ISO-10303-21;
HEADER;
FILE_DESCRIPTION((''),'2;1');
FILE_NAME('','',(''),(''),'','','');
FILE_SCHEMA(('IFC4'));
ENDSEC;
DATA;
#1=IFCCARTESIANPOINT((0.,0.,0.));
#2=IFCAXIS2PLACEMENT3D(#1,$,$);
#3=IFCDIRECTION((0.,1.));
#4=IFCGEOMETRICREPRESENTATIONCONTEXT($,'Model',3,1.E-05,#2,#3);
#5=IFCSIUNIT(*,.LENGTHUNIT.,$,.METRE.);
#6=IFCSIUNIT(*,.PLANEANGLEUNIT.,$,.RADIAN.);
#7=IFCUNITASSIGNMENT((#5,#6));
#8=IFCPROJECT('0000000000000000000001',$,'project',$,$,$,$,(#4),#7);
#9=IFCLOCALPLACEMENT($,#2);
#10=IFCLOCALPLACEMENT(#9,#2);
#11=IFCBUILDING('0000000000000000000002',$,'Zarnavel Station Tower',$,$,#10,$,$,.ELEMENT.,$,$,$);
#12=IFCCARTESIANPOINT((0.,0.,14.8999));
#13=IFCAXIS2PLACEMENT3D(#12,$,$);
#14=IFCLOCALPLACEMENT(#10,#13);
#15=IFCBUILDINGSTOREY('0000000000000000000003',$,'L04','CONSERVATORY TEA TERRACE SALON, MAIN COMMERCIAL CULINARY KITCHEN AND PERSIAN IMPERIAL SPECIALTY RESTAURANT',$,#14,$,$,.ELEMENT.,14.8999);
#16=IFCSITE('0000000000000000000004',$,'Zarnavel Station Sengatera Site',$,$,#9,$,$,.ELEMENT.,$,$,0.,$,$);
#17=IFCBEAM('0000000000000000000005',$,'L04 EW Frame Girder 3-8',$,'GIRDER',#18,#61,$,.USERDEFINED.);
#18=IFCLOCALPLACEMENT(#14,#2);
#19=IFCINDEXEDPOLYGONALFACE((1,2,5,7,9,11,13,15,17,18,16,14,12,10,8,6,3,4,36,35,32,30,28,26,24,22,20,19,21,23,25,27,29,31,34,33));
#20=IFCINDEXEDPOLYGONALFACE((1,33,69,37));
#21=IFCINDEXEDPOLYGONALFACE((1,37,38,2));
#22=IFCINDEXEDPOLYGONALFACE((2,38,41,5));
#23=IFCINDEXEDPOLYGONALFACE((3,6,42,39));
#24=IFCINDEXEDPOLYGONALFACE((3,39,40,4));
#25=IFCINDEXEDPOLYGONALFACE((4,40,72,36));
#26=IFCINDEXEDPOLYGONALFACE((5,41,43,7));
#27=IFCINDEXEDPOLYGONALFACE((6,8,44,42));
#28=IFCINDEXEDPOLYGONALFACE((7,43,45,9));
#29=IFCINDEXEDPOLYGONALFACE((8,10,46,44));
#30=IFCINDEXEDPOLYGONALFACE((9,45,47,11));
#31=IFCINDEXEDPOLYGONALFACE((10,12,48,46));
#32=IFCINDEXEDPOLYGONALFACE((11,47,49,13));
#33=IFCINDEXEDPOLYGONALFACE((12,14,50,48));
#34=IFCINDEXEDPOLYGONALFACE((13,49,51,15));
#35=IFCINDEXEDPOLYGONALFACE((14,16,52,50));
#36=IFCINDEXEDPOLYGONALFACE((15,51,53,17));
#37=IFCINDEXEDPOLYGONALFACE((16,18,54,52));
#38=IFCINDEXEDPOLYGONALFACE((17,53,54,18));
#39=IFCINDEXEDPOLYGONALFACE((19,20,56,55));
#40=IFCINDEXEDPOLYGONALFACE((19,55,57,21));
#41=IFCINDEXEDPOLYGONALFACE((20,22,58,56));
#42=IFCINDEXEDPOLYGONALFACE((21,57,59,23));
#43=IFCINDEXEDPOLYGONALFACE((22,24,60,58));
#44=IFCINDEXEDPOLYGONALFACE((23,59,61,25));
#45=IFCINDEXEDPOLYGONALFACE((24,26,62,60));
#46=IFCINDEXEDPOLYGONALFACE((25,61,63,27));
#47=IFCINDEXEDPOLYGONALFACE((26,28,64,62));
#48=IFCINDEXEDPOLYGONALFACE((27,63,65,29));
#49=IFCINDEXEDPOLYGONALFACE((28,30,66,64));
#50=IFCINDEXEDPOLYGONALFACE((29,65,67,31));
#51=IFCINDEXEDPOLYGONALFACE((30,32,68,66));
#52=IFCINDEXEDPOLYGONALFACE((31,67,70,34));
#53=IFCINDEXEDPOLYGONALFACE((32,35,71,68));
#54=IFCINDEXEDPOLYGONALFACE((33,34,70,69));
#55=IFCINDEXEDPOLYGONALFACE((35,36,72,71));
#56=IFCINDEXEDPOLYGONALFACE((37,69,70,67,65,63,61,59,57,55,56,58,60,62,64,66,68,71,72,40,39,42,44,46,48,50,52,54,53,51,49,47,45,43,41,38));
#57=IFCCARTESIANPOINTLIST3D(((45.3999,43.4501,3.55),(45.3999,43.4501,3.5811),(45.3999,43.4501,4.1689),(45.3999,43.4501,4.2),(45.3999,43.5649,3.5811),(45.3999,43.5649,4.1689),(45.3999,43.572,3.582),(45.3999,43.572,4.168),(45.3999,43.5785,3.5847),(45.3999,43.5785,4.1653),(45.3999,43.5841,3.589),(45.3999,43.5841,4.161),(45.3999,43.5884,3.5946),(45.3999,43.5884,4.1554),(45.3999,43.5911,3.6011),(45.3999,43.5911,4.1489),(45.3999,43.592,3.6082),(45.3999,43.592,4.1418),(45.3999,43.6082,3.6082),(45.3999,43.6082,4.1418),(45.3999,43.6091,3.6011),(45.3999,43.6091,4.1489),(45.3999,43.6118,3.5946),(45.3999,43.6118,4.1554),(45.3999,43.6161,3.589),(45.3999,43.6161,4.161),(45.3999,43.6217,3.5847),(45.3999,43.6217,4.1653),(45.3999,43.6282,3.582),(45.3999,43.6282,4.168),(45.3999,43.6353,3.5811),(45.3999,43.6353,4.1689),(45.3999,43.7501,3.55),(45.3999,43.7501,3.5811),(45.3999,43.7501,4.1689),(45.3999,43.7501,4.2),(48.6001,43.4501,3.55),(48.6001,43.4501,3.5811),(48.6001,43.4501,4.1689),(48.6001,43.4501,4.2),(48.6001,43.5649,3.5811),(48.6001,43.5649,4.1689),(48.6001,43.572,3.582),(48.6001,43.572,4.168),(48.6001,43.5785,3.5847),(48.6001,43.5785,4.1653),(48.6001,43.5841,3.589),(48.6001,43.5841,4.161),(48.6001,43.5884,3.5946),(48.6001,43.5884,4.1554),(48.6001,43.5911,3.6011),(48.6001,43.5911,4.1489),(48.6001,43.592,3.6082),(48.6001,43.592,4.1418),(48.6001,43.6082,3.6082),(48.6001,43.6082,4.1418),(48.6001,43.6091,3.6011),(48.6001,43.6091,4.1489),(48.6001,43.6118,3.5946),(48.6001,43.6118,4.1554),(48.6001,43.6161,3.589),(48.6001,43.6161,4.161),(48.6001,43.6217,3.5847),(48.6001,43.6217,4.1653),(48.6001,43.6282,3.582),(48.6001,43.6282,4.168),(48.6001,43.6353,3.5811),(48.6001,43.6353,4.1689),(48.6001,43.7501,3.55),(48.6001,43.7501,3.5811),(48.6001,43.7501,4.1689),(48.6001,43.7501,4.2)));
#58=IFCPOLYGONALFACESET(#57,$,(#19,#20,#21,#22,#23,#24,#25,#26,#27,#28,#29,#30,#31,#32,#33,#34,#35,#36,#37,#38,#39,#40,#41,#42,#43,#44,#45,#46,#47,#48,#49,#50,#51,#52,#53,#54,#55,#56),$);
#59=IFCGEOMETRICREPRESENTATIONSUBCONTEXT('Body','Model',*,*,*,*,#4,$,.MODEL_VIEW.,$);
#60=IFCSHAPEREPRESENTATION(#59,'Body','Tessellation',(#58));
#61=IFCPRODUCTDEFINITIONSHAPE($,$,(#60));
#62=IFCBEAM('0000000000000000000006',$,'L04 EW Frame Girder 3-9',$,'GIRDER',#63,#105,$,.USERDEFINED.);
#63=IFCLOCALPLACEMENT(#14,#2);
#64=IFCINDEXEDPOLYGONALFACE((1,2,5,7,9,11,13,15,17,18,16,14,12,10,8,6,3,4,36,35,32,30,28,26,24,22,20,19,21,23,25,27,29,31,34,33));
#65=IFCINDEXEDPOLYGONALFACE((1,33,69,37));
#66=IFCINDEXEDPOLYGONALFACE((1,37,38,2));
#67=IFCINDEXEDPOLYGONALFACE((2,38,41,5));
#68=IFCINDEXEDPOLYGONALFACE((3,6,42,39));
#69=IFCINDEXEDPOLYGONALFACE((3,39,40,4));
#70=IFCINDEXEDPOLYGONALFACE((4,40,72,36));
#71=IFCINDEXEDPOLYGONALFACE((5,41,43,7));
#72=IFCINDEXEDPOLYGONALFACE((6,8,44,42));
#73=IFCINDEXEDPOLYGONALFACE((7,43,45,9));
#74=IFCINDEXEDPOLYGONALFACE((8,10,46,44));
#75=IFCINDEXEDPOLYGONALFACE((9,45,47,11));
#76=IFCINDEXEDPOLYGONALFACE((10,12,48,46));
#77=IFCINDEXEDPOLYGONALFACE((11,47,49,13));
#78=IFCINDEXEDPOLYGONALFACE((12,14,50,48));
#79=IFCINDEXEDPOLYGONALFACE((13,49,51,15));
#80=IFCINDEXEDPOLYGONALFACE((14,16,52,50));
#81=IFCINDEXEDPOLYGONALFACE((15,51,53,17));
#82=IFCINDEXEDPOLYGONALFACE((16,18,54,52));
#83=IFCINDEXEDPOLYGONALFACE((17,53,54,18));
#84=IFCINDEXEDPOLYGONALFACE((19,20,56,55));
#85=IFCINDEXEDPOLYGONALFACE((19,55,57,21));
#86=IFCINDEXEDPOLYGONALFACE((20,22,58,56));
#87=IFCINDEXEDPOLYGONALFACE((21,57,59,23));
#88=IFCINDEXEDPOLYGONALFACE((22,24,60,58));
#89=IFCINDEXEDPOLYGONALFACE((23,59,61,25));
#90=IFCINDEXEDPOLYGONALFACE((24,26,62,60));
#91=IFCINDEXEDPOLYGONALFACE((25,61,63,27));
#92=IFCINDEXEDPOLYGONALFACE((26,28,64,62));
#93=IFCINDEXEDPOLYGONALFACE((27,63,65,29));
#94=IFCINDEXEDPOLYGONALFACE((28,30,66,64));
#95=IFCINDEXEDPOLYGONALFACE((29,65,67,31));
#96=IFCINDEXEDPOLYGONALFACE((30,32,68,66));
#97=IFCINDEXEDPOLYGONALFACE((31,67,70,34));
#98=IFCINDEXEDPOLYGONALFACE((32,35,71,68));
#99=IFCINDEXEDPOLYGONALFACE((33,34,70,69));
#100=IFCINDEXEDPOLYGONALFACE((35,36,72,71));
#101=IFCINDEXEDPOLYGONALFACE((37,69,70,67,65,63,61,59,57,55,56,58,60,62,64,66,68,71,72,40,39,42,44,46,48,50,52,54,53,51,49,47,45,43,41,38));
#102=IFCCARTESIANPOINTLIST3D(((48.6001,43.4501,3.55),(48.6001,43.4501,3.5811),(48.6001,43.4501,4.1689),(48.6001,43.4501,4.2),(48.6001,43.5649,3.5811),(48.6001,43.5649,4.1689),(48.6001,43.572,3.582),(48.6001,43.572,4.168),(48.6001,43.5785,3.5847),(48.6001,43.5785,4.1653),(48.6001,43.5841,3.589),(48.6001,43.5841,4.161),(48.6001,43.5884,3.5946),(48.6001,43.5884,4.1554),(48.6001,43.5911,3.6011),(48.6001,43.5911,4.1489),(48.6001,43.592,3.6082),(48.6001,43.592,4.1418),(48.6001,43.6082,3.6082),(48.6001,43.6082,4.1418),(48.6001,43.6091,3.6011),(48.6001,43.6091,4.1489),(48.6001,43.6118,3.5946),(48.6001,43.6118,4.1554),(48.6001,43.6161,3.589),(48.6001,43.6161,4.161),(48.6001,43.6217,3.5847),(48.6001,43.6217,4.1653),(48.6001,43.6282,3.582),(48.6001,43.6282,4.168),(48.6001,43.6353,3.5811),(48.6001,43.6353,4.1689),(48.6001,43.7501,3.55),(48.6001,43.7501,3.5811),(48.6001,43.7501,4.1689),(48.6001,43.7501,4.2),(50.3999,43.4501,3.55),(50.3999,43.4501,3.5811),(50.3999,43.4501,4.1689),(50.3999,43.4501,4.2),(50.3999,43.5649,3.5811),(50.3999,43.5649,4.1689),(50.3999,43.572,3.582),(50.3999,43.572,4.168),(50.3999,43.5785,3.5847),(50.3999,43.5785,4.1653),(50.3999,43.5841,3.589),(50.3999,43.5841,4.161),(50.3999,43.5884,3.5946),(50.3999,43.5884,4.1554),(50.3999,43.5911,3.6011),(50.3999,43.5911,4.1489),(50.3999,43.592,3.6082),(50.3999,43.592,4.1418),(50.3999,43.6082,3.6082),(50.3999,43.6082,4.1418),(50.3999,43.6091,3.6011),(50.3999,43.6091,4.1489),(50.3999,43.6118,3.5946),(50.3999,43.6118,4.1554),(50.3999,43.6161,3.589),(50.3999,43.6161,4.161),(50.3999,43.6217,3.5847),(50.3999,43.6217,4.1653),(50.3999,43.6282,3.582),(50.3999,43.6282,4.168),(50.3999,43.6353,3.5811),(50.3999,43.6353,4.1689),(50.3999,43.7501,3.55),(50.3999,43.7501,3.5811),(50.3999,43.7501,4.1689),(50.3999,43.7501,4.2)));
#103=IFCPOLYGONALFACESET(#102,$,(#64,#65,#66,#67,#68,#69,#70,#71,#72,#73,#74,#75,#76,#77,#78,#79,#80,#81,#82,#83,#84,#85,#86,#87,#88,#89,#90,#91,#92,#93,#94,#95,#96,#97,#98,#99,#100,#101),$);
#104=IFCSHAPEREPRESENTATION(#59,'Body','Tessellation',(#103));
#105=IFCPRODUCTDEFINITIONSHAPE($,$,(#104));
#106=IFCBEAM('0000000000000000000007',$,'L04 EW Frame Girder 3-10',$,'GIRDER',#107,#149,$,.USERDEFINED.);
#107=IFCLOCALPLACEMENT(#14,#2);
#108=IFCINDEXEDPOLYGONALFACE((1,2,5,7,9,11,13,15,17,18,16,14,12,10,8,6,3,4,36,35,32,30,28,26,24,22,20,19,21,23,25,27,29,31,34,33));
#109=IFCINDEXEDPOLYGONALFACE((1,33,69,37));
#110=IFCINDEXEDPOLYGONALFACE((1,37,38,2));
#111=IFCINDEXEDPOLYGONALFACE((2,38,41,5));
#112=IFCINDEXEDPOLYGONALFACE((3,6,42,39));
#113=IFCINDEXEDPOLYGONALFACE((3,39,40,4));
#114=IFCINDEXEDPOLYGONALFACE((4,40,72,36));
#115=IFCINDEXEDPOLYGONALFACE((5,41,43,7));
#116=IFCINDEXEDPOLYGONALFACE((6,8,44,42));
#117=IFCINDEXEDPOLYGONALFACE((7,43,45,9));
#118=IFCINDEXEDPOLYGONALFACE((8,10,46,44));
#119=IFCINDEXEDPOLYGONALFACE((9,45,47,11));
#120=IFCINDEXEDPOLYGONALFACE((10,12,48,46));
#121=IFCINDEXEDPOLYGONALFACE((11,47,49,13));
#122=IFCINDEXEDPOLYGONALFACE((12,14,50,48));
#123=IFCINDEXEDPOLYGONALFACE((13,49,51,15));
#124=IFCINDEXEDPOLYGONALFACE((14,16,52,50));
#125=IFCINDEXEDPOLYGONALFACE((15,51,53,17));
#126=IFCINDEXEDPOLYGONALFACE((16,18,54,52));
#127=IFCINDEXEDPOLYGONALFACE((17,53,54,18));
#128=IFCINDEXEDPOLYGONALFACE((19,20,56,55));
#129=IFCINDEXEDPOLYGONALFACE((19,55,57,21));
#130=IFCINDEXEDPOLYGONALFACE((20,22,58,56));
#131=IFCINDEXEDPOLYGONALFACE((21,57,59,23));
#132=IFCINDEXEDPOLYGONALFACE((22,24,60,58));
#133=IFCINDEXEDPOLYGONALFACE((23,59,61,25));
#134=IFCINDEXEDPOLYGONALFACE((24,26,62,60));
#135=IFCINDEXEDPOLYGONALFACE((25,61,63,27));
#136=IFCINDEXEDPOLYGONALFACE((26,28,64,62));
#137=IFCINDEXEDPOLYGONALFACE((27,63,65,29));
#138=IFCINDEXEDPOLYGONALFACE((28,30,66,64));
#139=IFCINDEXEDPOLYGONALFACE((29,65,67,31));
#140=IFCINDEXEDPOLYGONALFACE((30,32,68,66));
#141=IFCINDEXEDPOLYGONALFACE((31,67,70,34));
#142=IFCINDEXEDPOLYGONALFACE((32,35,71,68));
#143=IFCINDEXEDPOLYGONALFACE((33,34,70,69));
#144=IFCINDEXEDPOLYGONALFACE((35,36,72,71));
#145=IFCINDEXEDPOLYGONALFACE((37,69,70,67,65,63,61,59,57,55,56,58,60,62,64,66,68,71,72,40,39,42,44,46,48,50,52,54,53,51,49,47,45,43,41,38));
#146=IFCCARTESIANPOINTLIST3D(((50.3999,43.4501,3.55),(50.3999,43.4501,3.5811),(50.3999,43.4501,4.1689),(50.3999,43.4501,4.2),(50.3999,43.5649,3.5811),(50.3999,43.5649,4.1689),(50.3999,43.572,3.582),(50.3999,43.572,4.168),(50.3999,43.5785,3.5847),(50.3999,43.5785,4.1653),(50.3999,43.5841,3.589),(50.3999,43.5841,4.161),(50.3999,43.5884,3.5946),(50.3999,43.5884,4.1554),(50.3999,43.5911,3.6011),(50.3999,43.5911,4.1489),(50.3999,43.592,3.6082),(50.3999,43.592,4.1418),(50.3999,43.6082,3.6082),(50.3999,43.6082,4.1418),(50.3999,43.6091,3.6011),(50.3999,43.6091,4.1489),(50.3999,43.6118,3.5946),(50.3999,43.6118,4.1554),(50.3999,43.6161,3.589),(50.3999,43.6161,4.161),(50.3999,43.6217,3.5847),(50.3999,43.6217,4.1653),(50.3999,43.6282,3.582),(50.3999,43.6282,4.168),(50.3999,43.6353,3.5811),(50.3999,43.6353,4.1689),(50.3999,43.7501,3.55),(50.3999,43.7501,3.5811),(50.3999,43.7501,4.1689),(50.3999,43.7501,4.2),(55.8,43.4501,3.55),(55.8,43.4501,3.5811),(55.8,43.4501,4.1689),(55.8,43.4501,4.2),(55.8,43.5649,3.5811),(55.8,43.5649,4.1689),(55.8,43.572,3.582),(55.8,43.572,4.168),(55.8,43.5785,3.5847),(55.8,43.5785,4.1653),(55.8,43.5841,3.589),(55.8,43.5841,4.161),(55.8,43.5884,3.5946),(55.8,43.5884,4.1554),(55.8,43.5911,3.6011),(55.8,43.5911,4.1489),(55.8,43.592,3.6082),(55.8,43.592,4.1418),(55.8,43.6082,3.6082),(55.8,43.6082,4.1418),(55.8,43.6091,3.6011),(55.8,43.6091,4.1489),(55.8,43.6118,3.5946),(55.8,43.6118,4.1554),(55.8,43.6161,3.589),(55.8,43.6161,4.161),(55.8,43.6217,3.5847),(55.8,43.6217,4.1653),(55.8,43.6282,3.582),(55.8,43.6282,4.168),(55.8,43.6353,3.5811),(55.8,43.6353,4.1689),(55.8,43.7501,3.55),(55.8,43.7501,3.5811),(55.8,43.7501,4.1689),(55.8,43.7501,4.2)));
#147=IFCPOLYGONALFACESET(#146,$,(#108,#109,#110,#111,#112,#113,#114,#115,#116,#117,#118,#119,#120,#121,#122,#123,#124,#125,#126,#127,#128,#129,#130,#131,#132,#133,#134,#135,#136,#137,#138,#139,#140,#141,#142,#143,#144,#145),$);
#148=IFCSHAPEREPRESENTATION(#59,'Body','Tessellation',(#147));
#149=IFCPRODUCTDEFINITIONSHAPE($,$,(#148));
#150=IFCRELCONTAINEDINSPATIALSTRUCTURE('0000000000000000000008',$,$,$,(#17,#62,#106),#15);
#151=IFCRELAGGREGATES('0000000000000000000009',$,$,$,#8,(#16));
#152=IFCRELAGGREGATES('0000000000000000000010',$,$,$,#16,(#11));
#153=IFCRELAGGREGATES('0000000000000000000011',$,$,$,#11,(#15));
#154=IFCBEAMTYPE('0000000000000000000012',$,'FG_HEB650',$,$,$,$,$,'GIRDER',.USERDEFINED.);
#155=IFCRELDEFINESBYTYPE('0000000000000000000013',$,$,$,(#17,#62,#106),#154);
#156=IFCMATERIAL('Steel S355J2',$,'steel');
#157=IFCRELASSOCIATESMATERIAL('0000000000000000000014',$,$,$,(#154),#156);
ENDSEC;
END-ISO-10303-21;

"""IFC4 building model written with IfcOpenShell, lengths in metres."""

from ifc_helpers import new_model, si_unit, direction, frame, origin, origin_2d, place, context, subcontext, project, spatial, i_section, extrude, material, material_profile, profile_set, type_object, element, save


model = new_model("IFC4")

# Units and contexts
model_context = context("Model", 3, precision=1e-05, world=origin(), true_north=direction((0.0, 1.0)))
body_context = subcontext(model_context, "Body", "Model", "MODEL_VIEW")
ifc_project = project(units=[si_unit("LENGTHUNIT", "METRE"), si_unit("PLANEANGLEUNIT", "RADIAN")], contexts=[model_context])

# Site, building, storey
site_placement = place(None, origin())
site = spatial("IfcSite", under=ifc_project, at=site_placement, Name="Zarnavel Station Sengatera Site", CompositionType="ELEMENT", RefElevation=0.0)
building_placement = place(site_placement, origin())
building = spatial("IfcBuilding", under=site, at=building_placement, Name="Zarnavel Station Tower", CompositionType="ELEMENT")
storey_placement = place(building_placement, frame((0.0, 0.0, 14.8999)))
storey = spatial("IfcBuildingStorey", under=building, at=storey_placement, Name="L04", Description="CONSERVATORY TEA TERRACE SALON, MAIN COMMERCIAL CULINARY KITCHEN AND PERSIAN IMPERIAL SPECIALTY RESTAURANT", CompositionType="ELEMENT", Elevation=14.8999)

# Beams
ifc_material_1 = material(Name="Steel S355J2", Category="steel")
ifc_material_profile_1 = material_profile(ifc_material_1, i_section(OverallWidth=0.3, OverallDepth=0.6499, WebThickness=0.0161, FlangeThickness=0.031, FilletRadius=0.0271, at=origin_2d()), Name="HEB650")
ifc_profile_set_1 = profile_set([ifc_material_profile_1], Name="Steel S355J2")
beam_type = type_object("IfcBeamType", Name="FG_HEB650", ElementType="GIRDER", PredefinedType="USERDEFINED", material=ifc_profile_set_1)
beam_1_placement = place(storey_placement, frame((45.3999, 43.6001, 3.875), z_axis=(1.0, 0.0, 0.0), x_axis=(0.0, 1.0, 0.0)))
element("IfcBeam", 1, at=beam_1_placement, inside=storey, type_object=beam_type, Name="L04 EW Frame Girder 3-8", ObjectType="GIRDER", PredefinedType="USERDEFINED", context=body_context, shape_type="SweptSolid", body=[
    extrude(i_section(OverallWidth=0.3, OverallDepth=0.6499, WebThickness=0.0161, FlangeThickness=0.031, FilletRadius=0.0271, at=origin_2d()), origin(), (0.0, 0.0, 1.0), 3.2002),
])
beam_2_placement = place(storey_placement, frame((48.6001, 43.6001, 3.875), z_axis=(1.0, 0.0, 0.0), x_axis=(0.0, 1.0, 0.0)))
element("IfcBeam", 2, at=beam_2_placement, inside=storey, type_object=beam_type, Name="L04 EW Frame Girder 3-9", ObjectType="GIRDER", PredefinedType="USERDEFINED", context=body_context, shape_type="SweptSolid", body=[
    extrude(i_section(OverallWidth=0.3, OverallDepth=0.6499, WebThickness=0.0161, FlangeThickness=0.031, FilletRadius=0.0271, at=origin_2d()), origin(), (0.0, 0.0, 1.0), 1.7998),
])
beam_3_placement = place(storey_placement, frame((50.3999, 43.6001, 3.875), z_axis=(1.0, 0.0, 0.0), x_axis=(0.0, 1.0, 0.0)))
element("IfcBeam", 3, at=beam_3_placement, inside=storey, type_object=beam_type, Name="L04 EW Frame Girder 3-10", ObjectType="GIRDER", PredefinedType="USERDEFINED", context=body_context, shape_type="SweptSolid", body=[
    extrude(i_section(OverallWidth=0.3, OverallDepth=0.6499, WebThickness=0.0161, FlangeThickness=0.031, FilletRadius=0.0271, at=origin_2d()), origin(), (0.0, 0.0, 1.0), 5.4001),
])

save(model, "model.ifc")
